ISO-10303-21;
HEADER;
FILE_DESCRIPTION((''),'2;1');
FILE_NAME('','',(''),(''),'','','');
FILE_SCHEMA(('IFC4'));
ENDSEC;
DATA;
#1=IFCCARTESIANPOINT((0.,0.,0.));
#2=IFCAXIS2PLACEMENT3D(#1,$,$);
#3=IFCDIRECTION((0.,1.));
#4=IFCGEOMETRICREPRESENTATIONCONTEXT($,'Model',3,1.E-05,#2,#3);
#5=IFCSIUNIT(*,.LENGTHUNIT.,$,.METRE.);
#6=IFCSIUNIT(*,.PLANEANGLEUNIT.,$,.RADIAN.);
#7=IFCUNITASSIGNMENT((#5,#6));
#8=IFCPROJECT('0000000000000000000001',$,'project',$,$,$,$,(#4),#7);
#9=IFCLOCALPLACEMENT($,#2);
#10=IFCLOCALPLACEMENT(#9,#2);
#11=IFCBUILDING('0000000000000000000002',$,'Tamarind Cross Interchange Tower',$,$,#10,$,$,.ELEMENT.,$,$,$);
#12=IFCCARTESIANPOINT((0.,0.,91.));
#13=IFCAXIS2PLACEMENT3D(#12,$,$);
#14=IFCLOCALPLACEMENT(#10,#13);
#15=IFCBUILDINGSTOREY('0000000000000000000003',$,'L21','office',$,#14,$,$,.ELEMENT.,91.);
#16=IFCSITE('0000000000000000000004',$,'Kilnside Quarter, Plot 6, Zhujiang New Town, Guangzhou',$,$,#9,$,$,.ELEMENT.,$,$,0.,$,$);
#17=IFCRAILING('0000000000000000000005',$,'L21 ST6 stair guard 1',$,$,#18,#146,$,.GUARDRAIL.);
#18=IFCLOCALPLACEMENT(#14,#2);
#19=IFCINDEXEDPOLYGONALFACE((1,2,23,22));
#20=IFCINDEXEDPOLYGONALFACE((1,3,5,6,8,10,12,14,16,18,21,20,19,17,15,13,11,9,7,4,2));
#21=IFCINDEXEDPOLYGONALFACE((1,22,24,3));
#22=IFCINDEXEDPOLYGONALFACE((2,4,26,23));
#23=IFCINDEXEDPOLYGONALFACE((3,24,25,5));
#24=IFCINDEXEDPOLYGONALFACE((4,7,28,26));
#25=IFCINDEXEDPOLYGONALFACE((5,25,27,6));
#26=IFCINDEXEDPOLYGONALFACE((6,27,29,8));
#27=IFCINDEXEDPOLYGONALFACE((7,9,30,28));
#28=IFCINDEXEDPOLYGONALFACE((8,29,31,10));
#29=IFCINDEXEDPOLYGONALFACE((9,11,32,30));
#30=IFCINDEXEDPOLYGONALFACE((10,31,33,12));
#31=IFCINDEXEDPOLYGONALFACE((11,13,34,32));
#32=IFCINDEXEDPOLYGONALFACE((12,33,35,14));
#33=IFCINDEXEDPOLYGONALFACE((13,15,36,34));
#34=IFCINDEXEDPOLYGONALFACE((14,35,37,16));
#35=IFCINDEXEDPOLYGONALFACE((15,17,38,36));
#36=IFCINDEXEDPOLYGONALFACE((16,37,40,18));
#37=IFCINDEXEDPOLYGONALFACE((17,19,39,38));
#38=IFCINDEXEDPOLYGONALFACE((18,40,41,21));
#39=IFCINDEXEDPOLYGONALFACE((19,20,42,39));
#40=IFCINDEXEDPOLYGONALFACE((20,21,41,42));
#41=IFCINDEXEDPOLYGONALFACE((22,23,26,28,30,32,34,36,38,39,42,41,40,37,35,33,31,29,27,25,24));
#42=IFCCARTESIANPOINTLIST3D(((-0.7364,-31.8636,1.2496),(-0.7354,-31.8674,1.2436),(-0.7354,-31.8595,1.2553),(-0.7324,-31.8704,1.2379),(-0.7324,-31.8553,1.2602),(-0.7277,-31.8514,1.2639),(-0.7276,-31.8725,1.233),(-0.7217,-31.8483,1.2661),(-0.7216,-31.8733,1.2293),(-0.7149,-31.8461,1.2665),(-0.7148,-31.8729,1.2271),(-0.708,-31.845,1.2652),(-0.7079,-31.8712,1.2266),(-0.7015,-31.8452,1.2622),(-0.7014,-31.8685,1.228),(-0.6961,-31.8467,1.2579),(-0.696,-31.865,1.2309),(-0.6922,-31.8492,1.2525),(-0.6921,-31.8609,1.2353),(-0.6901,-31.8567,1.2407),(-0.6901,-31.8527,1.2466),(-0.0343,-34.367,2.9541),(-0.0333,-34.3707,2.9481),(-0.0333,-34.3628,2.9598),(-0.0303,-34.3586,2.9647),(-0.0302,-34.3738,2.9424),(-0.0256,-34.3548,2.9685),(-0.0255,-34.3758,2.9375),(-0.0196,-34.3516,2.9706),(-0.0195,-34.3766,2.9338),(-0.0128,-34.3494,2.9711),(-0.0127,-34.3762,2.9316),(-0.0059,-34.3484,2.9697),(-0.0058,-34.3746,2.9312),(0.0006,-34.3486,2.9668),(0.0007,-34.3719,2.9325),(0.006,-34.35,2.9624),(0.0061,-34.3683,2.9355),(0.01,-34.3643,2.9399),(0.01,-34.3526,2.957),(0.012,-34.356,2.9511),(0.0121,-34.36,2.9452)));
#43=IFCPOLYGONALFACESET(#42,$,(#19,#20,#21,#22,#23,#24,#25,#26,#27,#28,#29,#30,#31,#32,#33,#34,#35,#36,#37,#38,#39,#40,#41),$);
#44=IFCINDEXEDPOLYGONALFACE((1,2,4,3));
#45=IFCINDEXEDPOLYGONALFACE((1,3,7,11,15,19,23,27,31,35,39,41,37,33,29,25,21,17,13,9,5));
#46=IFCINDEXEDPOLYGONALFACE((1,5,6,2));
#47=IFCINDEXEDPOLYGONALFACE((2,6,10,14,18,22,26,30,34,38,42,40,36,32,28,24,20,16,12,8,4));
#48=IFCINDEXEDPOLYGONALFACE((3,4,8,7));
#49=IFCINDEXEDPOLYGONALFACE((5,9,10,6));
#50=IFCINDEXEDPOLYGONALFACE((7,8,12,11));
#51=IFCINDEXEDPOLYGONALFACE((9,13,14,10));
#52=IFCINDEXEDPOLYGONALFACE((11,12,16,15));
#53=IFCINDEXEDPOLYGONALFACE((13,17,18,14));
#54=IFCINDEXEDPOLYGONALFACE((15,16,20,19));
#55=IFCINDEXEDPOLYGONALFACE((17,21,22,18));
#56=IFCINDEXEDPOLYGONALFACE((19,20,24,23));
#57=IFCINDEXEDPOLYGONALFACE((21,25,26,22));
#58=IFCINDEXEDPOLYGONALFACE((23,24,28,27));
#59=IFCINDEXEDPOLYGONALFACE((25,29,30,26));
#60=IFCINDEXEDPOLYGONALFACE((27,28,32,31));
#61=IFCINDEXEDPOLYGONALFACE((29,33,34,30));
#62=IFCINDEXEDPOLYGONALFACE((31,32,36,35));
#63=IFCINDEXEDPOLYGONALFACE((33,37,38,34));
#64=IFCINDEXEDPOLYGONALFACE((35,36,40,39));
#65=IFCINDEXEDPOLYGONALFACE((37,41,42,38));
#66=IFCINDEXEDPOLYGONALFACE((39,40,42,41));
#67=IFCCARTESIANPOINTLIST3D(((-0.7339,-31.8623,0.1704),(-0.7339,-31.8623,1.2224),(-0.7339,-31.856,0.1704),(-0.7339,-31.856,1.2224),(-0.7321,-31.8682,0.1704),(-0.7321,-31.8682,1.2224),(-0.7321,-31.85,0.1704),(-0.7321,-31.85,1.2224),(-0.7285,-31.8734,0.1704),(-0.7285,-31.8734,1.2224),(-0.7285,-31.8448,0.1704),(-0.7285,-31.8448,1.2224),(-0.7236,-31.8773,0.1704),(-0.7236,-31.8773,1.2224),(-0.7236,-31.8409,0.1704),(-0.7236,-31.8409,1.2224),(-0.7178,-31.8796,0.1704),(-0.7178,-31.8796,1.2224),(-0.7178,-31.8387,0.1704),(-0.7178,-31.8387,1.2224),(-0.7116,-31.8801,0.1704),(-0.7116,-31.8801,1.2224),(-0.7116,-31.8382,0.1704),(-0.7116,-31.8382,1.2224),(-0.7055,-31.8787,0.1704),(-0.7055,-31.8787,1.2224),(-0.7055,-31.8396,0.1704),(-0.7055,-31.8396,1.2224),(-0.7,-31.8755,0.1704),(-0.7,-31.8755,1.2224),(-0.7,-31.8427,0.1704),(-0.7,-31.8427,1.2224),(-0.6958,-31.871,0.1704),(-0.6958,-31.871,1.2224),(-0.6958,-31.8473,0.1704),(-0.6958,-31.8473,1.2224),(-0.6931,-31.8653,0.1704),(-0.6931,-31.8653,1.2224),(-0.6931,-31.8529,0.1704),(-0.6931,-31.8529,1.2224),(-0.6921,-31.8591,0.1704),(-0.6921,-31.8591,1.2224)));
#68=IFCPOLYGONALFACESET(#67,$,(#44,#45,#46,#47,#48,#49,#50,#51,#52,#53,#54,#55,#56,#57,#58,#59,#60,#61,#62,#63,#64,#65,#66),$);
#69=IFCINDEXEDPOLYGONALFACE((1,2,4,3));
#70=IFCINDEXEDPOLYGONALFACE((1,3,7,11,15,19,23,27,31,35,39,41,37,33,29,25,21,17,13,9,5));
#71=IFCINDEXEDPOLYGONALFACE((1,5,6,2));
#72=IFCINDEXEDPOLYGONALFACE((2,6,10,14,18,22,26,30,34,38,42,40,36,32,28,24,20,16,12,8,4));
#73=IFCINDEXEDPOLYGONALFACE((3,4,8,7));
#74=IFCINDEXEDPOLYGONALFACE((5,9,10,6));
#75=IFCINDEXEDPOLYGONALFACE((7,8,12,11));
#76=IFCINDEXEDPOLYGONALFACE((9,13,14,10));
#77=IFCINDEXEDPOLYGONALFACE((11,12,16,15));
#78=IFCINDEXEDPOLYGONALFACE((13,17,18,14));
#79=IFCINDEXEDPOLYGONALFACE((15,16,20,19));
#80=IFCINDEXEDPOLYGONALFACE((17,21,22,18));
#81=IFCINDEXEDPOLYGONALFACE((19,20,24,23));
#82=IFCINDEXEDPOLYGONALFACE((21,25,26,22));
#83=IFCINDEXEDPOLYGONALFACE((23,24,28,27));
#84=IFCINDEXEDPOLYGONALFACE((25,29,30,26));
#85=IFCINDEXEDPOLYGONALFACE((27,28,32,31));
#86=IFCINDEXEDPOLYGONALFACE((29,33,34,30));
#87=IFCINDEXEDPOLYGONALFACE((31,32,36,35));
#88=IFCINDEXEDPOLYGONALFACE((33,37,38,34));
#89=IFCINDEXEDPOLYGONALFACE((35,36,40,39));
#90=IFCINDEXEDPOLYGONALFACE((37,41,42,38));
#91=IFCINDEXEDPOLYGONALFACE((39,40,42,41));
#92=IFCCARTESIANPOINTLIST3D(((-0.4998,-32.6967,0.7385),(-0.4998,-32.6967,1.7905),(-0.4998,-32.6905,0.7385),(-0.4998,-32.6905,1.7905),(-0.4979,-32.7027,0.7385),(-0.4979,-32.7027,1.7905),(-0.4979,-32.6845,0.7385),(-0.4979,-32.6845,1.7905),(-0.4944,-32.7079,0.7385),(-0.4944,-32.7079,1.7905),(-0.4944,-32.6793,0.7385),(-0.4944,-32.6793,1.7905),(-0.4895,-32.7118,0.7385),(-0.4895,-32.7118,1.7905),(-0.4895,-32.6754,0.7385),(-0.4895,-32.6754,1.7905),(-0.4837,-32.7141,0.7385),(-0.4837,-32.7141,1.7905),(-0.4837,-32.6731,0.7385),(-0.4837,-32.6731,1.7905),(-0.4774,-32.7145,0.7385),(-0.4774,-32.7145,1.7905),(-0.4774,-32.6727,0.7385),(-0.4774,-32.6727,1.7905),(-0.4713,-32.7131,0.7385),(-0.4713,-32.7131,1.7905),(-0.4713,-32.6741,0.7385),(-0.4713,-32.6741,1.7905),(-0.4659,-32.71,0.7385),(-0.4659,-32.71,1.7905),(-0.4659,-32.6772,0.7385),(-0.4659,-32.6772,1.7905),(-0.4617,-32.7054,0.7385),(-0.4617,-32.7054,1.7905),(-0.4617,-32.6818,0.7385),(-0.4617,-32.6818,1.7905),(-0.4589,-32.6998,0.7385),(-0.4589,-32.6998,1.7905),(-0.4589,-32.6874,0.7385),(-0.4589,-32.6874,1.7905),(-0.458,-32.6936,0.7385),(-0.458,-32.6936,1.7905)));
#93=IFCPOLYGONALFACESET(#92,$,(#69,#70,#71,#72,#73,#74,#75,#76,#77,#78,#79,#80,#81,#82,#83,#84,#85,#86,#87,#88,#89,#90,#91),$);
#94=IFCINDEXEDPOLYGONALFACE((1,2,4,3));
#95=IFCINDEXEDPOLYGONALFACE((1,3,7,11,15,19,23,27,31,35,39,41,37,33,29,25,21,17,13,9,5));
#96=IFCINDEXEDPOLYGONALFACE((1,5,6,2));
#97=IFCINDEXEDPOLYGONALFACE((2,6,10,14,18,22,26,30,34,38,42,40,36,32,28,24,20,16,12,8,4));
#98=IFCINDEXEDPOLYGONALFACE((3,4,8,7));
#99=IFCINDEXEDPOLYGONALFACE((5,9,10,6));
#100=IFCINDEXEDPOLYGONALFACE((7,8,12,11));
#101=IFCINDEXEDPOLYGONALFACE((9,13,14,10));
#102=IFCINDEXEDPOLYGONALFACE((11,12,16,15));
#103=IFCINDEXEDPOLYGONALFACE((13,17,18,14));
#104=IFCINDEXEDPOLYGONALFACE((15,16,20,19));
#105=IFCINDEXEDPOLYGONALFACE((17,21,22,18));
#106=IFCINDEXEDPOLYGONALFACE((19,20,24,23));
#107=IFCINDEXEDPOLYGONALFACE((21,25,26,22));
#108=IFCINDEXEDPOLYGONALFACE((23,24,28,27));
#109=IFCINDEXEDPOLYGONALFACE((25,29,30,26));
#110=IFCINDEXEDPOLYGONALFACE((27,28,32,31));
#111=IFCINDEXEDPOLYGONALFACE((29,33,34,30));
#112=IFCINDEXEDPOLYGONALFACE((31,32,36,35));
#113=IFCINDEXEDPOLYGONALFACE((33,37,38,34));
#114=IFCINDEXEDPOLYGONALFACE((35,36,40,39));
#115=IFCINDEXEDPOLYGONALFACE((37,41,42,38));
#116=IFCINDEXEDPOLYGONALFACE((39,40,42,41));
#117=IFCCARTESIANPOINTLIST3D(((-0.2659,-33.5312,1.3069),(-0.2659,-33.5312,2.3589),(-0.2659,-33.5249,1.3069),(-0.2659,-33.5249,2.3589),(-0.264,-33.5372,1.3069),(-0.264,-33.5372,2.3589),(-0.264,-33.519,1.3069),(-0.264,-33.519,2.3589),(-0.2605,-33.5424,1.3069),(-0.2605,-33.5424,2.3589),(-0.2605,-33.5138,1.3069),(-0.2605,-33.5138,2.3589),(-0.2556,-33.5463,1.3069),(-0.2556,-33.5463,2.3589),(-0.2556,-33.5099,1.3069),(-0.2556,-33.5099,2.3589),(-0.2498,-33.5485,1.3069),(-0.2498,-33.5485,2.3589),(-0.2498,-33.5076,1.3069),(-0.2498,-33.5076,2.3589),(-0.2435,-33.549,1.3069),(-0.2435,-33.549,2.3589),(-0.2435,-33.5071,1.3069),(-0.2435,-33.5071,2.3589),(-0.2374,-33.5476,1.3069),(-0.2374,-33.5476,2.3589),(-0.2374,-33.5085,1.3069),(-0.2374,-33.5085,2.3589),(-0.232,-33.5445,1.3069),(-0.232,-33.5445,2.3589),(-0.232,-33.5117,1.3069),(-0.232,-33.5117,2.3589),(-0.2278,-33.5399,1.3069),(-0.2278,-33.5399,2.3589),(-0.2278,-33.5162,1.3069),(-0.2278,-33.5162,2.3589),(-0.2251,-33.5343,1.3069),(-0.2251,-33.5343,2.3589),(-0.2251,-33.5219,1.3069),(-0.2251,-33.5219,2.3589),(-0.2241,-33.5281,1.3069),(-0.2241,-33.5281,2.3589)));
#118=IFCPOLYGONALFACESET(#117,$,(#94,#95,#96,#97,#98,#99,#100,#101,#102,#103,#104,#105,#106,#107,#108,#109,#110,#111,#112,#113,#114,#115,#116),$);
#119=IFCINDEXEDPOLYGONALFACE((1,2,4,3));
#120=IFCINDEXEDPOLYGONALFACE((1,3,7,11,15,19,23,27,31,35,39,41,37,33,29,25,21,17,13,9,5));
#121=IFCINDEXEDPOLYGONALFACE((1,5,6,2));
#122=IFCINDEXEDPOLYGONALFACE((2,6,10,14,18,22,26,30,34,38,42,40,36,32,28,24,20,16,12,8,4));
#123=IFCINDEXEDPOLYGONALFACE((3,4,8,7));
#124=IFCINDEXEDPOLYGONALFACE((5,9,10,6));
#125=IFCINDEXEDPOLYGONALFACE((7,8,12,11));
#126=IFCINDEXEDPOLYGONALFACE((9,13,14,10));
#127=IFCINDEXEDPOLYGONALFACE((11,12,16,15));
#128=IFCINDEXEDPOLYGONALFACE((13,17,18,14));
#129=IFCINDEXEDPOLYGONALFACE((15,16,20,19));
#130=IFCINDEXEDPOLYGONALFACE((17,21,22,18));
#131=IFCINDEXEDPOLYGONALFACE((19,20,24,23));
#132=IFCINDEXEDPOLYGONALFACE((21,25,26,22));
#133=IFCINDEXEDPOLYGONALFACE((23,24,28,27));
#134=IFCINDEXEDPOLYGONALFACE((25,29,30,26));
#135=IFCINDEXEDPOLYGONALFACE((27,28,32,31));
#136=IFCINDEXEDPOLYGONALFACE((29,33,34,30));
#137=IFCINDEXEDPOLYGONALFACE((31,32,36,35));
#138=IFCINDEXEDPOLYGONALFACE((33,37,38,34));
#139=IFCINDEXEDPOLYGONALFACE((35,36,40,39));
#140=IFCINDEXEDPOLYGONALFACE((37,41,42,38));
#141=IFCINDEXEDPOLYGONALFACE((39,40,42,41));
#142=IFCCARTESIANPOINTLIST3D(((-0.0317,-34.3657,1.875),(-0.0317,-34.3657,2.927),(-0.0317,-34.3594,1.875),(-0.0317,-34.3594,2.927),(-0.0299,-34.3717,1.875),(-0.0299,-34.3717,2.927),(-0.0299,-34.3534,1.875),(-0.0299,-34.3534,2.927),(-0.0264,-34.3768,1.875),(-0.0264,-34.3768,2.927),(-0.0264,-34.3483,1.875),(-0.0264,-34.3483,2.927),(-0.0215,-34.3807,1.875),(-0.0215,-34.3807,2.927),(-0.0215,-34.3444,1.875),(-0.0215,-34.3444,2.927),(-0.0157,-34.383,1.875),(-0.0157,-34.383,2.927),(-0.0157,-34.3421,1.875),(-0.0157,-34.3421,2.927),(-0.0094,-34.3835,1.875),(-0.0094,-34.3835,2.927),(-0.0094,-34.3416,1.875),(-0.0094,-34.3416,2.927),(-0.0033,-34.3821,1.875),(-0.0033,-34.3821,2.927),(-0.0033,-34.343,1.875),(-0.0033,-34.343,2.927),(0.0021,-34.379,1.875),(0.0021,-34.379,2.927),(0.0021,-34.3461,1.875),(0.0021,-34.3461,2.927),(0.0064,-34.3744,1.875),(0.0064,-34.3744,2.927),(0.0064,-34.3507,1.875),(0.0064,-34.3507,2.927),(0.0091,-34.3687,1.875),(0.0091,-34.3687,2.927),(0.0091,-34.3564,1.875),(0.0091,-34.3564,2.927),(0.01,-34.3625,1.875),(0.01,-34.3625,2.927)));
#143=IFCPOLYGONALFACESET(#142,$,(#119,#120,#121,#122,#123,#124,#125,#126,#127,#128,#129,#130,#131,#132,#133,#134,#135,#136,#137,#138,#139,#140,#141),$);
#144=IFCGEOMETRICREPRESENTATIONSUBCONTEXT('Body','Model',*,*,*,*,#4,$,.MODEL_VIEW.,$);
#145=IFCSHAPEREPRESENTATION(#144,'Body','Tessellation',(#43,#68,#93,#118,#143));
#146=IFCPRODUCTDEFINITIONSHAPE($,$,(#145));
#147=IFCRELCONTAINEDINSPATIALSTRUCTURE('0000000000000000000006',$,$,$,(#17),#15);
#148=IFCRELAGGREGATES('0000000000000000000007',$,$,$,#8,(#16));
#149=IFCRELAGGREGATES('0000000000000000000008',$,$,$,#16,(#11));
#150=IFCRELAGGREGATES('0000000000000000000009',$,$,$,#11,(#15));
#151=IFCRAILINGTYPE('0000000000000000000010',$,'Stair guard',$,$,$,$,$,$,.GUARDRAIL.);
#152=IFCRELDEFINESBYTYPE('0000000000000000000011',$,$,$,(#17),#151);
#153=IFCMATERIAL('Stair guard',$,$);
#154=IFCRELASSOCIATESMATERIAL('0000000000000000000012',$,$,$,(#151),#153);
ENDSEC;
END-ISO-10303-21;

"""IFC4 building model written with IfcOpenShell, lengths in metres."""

from ifc_helpers import new_model, si_unit, direction, frame, origin, origin_2d, place, context, subcontext, project, spatial, circle, extrude, material, type_object, element, save


model = new_model("IFC4")

# Units and contexts
model_context = context("Model", 3, precision=1e-05, world=origin(), true_north=direction((0.0, 1.0)))
body_context = subcontext(model_context, "Body", "Model", "MODEL_VIEW")
ifc_project = project(units=[si_unit("LENGTHUNIT", "METRE"), si_unit("PLANEANGLEUNIT", "RADIAN")], contexts=[model_context])

# Site, building, storey
site_placement = place(None, origin())
site = spatial("IfcSite", under=ifc_project, at=site_placement, Name="Kilnside Quarter, Plot 6, Zhujiang New Town, Guangzhou", CompositionType="ELEMENT", RefElevation=0.0)
building_placement = place(site_placement, origin())
building = spatial("IfcBuilding", under=site, at=building_placement, Name="Tamarind Cross Interchange Tower", CompositionType="ELEMENT")
storey_placement = place(building_placement, frame((0.0, 0.0, 91.0)))
storey = spatial("IfcBuildingStorey", under=building, at=storey_placement, Name="L21", Description="office", CompositionType="ELEMENT", Elevation=91.0)

# Railing
ifc_material_1 = material(Name="Stair guard")
railing_type_1 = type_object("IfcRailingType", Name="Stair guard", PredefinedType="GUARDRAIL", material=ifc_material_1)
railing_1_placement = place(storey_placement, frame((-0.7131, -31.8591, 0.1704)))
element("IfcRailing", 1, at=railing_1_placement, inside=storey, type_object=railing_type_1, Name="L21 ST6 stair guard 1", PredefinedType="GUARDRAIL", context=body_context, shape_type="SweptSolid", body=[
    extrude(circle(Radius=0.0239, at=origin_2d()), frame((0.0, 0.0, 1.0762), z_axis=(0.225845, -0.805222, 0.54828), x_axis=(0.962845, 0.270055, 0.0)), (0.0, 0.0, 1.0), 3.1089),
    extrude(circle(Radius=0.021, at=origin_2d()), origin(), (0.0, 0.0, 1.0), 1.052),
    extrude(circle(Radius=0.021, at=origin_2d()), frame((0.2341, -0.8345, 0.5681)), (0.0, 0.0, 1.0), 1.052),
    extrude(circle(Radius=0.021, at=origin_2d()), frame((0.468, -1.6689, 1.1365)), (0.0, 0.0, 1.0), 1.052),
    extrude(circle(Radius=0.021, at=origin_2d()), frame((0.7021, -2.5034, 1.7046)), (0.0, 0.0, 1.0), 1.052),
])

save(model, "model.ifc")
